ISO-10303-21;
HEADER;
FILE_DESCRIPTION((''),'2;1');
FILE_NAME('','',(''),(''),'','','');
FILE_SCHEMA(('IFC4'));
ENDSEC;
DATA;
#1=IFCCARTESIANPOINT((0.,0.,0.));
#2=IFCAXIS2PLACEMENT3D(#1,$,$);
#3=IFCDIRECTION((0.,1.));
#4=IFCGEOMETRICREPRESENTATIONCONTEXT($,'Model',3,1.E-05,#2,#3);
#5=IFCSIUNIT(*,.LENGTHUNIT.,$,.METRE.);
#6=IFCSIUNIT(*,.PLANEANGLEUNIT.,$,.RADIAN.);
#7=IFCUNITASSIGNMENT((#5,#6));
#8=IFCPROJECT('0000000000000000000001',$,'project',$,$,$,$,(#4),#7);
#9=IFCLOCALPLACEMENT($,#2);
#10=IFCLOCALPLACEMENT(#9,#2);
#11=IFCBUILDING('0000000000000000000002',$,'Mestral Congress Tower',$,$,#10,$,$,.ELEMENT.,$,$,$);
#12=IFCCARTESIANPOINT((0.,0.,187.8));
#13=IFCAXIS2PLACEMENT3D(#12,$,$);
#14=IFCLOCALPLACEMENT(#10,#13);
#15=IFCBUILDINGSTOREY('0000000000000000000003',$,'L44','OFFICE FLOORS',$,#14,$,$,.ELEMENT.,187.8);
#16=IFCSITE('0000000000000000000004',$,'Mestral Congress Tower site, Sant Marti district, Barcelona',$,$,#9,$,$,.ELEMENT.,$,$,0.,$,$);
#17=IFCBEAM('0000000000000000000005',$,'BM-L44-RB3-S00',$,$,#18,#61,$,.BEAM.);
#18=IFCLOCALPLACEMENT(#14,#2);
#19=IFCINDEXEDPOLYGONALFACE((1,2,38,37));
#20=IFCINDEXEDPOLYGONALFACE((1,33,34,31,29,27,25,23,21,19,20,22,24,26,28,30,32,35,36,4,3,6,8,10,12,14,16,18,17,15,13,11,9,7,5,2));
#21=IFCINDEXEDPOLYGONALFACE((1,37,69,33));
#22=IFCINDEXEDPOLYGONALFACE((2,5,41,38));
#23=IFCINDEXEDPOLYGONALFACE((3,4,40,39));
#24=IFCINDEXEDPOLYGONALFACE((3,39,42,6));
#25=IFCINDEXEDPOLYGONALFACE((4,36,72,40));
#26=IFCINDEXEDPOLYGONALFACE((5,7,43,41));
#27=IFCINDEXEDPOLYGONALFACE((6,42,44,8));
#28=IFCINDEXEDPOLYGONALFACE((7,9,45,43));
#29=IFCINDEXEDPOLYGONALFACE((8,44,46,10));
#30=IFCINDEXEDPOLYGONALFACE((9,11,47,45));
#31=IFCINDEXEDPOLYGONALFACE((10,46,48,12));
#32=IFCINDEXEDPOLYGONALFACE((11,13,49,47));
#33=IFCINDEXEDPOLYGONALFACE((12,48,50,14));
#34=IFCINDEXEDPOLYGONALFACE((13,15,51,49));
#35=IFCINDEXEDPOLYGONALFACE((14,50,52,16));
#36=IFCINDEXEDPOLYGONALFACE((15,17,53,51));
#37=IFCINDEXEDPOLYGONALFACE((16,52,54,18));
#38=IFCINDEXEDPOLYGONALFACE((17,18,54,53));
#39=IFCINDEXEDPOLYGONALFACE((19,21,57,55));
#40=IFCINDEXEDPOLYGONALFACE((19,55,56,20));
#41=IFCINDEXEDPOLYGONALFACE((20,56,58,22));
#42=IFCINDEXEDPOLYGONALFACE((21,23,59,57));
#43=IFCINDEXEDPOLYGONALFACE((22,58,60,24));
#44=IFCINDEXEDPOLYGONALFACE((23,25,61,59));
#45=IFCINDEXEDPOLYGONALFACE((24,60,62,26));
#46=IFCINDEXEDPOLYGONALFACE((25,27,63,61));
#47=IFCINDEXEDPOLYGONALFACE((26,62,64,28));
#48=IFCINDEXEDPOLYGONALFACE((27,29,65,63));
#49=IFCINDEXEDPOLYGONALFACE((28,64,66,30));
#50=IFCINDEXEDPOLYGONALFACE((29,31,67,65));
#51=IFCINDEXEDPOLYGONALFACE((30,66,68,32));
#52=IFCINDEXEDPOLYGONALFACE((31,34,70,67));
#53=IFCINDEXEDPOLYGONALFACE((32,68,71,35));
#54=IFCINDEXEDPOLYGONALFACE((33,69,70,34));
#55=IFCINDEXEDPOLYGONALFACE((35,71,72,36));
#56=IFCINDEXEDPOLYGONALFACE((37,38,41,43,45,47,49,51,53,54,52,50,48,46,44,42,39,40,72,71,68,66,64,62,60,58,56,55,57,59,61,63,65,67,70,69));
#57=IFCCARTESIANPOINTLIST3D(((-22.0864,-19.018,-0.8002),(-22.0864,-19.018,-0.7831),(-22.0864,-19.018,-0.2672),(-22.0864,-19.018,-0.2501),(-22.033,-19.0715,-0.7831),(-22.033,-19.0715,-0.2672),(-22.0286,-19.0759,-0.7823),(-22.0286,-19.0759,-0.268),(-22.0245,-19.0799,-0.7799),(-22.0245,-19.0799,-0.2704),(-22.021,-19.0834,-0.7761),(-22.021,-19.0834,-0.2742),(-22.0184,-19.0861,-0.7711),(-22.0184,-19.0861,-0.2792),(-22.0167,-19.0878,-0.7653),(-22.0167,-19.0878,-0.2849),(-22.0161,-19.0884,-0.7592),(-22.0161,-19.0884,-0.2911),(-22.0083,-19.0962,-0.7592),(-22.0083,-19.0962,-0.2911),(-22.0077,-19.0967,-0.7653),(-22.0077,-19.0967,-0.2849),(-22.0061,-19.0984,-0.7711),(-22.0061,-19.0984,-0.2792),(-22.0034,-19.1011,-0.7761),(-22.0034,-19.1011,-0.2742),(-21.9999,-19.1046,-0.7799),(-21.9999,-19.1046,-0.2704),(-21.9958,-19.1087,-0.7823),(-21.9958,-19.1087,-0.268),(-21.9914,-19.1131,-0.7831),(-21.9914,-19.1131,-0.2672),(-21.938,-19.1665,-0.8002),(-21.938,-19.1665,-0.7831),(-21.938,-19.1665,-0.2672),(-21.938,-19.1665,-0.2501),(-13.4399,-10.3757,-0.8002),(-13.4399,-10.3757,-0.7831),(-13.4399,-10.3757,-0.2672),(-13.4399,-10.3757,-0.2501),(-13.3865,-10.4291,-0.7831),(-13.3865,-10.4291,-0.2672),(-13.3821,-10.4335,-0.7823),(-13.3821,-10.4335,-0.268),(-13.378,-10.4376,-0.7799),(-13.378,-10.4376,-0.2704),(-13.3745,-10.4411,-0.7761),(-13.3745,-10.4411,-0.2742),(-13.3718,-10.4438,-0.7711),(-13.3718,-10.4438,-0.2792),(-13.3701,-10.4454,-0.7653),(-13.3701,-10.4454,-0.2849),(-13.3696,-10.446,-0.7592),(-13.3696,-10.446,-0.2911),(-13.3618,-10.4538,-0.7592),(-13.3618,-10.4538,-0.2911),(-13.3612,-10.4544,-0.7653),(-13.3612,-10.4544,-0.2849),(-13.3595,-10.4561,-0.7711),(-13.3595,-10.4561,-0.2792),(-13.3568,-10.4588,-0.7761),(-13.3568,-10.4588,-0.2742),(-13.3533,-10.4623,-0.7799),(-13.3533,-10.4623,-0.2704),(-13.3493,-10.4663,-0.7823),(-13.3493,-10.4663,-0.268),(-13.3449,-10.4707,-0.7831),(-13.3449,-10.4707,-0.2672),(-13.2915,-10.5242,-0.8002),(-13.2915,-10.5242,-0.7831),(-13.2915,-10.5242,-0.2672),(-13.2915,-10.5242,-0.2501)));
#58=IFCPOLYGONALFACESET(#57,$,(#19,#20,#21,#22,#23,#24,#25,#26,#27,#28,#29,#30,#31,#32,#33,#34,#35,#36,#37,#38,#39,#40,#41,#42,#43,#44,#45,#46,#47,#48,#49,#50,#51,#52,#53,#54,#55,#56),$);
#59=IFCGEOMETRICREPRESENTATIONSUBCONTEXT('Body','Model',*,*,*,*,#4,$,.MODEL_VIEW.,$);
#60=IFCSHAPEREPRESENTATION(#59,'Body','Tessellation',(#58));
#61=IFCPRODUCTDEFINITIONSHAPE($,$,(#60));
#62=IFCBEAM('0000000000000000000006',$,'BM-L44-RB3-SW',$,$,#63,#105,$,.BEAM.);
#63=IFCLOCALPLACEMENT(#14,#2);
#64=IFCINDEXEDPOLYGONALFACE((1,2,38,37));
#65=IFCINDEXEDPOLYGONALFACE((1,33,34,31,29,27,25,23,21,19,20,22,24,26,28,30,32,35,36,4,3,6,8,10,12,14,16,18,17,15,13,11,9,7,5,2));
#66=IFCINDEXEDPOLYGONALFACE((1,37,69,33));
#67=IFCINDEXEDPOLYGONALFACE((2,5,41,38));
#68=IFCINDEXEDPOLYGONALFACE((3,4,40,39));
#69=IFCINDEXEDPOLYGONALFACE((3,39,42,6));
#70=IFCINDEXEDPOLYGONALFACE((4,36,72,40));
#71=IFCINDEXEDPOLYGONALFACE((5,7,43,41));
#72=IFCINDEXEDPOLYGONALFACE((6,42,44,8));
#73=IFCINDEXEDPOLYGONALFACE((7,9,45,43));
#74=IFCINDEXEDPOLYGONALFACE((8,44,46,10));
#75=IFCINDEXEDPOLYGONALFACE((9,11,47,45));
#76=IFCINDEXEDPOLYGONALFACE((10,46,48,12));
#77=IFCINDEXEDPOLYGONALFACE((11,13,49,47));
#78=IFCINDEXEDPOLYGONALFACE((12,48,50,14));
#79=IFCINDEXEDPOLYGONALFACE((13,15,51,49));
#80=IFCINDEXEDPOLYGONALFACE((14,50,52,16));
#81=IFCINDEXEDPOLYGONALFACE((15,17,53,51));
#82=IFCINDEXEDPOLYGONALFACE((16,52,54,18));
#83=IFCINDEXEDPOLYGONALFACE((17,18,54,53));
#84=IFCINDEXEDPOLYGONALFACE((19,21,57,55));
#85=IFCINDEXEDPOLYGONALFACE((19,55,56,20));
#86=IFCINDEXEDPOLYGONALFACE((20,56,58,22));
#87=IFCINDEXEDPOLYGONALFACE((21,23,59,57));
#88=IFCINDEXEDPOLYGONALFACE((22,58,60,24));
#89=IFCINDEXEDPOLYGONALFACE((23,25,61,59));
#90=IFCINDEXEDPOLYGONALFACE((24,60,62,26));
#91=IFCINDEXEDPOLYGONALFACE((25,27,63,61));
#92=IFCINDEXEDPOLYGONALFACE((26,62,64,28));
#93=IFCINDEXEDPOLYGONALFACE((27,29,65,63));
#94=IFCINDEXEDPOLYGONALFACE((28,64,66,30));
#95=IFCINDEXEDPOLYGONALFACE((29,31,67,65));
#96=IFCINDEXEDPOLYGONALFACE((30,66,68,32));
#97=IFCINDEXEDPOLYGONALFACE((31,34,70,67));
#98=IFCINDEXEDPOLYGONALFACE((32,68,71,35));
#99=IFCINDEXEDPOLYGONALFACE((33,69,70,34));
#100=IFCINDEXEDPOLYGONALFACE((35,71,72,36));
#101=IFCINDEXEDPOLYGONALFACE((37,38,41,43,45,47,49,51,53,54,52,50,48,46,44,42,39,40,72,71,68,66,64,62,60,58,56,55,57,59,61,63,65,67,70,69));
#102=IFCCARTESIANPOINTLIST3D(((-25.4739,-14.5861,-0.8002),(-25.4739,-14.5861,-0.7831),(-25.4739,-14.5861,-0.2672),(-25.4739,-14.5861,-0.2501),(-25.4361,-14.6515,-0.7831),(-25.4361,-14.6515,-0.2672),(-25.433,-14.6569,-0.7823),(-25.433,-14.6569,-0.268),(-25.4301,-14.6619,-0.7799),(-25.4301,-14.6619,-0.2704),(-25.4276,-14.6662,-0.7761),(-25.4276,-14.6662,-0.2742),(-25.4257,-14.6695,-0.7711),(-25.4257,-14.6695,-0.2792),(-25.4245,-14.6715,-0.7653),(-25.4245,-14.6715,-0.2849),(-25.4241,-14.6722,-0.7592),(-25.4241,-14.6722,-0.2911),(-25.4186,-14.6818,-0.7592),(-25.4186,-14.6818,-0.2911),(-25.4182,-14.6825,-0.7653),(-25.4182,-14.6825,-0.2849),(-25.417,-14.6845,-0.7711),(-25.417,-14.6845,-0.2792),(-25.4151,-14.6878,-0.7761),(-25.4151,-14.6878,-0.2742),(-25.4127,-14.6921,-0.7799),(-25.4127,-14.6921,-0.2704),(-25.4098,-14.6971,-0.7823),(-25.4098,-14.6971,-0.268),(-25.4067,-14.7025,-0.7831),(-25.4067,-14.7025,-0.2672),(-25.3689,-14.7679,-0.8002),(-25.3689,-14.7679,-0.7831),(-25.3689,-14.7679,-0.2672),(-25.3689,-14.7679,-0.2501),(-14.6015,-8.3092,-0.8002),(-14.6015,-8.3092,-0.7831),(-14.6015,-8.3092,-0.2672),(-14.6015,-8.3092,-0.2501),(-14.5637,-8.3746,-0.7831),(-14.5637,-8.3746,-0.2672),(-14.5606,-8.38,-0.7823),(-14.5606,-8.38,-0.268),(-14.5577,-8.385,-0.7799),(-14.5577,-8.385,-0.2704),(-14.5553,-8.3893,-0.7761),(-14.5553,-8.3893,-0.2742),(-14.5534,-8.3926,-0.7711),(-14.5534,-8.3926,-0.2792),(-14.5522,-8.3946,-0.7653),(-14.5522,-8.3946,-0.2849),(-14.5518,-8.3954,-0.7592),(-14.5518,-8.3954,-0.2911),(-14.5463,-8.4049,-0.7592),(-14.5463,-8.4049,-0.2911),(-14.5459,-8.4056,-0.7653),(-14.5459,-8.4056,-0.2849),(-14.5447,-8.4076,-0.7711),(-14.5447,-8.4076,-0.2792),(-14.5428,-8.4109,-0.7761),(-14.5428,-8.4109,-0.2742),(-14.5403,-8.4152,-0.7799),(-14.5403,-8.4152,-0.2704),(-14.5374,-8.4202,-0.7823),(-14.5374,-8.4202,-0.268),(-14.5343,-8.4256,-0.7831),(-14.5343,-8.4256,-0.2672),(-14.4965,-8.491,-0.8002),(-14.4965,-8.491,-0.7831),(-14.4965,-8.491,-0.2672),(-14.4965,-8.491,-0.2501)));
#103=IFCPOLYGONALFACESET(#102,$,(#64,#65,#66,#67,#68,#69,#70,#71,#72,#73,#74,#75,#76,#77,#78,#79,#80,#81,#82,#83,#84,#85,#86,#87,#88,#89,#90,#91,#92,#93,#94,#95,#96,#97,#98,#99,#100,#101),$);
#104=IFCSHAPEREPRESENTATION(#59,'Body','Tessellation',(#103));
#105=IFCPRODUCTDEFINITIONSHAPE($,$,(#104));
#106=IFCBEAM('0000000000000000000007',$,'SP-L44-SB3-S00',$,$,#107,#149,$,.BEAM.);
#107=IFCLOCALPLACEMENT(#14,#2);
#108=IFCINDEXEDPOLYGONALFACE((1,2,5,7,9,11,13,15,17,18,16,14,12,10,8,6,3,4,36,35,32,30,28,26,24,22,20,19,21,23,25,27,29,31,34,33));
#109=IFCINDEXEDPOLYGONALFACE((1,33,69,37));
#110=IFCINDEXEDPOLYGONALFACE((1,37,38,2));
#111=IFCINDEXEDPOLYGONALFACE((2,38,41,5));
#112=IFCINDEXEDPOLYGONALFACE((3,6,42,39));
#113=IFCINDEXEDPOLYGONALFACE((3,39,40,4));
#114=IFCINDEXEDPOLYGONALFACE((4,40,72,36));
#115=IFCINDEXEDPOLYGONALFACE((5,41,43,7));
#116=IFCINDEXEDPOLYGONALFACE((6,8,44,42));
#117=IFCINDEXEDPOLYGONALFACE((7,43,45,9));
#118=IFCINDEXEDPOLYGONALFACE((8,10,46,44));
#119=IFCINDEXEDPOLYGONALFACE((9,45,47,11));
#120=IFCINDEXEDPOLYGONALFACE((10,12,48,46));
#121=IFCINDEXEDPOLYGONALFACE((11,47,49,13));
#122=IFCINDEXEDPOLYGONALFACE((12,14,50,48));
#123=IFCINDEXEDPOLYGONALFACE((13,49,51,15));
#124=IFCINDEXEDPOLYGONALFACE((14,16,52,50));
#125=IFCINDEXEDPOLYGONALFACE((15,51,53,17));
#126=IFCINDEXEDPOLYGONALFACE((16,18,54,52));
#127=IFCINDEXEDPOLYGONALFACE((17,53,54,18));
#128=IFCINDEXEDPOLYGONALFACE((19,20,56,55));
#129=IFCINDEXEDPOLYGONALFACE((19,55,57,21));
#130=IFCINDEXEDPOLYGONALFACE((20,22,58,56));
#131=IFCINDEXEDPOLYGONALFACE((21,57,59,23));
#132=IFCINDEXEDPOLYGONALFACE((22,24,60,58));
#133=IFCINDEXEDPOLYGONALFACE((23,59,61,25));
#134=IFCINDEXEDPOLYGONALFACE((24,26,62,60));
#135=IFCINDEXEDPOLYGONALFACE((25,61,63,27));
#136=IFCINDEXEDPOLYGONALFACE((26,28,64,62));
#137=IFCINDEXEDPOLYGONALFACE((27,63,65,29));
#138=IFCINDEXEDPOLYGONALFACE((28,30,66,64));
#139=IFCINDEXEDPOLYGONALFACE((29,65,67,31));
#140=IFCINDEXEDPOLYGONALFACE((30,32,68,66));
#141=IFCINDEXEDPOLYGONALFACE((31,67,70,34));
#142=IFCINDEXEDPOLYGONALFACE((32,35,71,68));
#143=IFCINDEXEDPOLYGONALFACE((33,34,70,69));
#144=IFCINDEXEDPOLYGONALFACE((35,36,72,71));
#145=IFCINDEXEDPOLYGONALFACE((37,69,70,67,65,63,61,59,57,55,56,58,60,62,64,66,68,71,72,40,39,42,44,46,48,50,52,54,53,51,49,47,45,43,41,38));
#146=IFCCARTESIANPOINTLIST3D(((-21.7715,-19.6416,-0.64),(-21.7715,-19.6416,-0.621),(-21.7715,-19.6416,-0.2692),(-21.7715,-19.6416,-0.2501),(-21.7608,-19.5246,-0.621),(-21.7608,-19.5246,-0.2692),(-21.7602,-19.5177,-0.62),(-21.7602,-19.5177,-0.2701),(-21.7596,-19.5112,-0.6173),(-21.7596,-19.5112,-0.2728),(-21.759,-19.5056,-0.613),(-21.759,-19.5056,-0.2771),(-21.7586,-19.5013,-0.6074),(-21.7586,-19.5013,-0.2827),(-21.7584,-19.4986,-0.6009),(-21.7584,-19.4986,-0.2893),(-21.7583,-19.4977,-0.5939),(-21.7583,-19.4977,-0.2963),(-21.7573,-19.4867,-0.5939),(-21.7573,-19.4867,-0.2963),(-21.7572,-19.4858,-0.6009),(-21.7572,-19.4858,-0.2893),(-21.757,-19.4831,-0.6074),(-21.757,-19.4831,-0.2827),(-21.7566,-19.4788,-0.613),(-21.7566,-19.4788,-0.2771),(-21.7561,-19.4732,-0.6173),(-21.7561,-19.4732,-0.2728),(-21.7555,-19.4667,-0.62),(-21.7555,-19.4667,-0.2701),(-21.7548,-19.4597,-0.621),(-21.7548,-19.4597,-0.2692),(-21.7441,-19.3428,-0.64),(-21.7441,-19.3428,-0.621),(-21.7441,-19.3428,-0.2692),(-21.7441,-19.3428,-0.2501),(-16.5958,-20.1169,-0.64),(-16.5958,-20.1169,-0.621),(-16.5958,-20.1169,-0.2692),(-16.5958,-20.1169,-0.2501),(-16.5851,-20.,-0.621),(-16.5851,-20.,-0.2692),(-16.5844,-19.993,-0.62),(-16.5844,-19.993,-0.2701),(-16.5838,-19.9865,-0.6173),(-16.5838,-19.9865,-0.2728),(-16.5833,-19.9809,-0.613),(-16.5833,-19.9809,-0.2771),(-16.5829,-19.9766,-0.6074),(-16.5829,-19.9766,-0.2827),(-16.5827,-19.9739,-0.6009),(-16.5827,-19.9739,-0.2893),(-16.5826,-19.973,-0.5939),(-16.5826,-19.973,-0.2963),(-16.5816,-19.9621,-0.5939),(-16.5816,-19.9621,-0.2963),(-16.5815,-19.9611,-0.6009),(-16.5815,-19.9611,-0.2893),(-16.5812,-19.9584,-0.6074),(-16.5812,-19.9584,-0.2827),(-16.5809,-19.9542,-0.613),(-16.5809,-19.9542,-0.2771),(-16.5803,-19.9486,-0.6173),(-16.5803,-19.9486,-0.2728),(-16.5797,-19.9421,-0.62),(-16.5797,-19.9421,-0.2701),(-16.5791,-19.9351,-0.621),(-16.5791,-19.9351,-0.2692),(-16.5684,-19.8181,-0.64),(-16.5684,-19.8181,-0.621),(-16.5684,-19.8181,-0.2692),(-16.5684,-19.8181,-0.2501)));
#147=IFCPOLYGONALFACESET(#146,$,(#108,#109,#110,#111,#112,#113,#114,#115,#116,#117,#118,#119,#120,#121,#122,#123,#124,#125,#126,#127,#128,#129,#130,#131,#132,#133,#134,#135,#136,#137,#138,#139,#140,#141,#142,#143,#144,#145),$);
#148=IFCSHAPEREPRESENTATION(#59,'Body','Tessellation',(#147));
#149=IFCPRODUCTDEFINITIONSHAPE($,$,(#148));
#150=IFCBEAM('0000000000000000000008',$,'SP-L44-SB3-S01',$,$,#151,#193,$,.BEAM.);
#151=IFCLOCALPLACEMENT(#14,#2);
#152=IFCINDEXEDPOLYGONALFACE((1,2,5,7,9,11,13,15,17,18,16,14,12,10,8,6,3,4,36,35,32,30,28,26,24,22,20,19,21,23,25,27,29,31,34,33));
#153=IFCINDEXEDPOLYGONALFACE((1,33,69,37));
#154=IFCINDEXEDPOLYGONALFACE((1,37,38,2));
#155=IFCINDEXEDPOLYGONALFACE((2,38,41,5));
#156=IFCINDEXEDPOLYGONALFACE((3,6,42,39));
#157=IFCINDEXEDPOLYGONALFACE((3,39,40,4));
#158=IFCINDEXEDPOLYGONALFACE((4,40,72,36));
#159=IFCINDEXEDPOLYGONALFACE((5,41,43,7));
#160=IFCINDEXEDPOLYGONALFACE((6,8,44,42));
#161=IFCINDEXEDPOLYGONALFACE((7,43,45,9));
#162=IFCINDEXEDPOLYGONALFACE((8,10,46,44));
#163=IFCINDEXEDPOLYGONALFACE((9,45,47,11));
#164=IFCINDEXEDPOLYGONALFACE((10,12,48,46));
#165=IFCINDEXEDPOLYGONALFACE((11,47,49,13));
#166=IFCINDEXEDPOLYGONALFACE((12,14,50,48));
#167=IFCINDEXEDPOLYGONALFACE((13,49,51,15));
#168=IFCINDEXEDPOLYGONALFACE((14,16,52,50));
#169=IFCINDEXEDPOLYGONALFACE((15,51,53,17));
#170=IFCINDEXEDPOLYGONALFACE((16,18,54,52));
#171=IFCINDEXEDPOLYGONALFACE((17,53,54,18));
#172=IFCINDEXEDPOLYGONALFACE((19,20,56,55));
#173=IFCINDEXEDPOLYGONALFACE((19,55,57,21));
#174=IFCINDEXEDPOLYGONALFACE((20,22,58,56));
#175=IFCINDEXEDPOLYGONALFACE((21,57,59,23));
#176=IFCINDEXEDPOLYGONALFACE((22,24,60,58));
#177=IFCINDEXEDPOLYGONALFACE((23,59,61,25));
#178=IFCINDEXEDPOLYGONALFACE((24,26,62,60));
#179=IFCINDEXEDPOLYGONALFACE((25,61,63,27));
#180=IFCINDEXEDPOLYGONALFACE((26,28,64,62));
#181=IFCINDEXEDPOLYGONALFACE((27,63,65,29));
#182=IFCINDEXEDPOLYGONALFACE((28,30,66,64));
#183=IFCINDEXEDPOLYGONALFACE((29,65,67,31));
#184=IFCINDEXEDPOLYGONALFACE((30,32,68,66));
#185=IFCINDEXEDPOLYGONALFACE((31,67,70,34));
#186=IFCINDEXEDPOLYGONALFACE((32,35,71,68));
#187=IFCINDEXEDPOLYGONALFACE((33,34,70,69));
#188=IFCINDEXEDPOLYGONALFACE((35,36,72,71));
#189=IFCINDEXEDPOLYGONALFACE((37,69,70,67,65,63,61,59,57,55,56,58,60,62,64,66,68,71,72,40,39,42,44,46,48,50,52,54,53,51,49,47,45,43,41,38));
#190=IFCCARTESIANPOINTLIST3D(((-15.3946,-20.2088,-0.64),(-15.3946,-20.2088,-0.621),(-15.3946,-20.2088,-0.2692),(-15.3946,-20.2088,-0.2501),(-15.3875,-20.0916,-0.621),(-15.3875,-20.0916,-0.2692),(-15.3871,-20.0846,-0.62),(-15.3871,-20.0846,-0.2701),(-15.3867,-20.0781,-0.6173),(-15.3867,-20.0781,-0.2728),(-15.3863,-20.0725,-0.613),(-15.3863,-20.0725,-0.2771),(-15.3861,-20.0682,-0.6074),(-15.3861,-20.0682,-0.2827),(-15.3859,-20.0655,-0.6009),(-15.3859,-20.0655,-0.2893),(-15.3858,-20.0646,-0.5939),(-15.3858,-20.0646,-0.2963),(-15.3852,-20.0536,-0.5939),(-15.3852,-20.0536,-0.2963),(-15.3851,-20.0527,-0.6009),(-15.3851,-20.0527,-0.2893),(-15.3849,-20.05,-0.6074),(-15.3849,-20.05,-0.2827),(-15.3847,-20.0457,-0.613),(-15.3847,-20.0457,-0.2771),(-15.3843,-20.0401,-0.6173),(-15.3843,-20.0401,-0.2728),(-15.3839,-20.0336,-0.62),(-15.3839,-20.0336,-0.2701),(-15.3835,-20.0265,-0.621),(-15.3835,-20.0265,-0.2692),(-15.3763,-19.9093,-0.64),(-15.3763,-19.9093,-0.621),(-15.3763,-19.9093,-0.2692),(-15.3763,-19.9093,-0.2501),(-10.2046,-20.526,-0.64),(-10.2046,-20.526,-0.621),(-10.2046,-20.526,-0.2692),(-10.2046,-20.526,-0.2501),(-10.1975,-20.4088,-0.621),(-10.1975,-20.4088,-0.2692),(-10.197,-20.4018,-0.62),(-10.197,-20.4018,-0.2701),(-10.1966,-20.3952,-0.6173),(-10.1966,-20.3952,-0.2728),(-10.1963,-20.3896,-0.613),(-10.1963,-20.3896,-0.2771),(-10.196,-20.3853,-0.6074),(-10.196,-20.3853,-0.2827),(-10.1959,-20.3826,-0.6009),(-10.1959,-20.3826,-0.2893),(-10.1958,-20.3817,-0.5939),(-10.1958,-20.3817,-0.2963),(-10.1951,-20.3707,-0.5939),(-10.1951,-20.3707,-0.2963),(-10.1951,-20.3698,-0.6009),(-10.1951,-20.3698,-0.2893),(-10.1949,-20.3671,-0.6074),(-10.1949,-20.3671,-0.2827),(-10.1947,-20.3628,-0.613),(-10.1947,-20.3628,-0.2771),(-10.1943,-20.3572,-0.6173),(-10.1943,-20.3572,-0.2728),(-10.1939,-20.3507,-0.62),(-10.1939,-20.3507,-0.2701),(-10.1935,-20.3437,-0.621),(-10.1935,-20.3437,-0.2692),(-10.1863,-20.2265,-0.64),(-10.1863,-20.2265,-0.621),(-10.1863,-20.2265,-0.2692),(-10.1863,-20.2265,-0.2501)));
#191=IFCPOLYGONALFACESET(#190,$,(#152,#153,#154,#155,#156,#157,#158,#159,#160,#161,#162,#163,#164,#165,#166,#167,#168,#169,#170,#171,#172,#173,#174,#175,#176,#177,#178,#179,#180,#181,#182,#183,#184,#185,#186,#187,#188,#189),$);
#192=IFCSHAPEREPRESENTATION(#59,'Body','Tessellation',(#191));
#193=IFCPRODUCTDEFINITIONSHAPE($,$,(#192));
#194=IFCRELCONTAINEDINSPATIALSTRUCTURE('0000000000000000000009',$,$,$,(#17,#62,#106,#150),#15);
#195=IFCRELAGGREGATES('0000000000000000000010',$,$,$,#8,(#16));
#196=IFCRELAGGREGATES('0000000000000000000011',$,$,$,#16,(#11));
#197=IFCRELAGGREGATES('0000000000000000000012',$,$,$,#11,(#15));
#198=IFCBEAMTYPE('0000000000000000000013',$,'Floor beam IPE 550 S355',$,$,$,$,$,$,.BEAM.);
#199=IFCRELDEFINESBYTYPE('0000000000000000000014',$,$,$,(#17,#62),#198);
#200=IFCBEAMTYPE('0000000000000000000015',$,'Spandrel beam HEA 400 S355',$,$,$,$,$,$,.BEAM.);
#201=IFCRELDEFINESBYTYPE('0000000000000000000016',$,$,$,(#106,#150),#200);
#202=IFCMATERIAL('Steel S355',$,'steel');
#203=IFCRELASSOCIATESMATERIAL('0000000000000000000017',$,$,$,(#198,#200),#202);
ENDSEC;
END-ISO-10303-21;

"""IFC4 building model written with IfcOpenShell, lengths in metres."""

from ifc_helpers import new_model, si_unit, direction, frame, origin, origin_2d, place, context, subcontext, project, spatial, i_section, extrude, material, material_profile, profile_set, type_object, element, save


model = new_model("IFC4")

# Units and contexts
model_context = context("Model", 3, precision=1e-05, world=origin(), true_north=direction((0.0, 1.0)))
body_context = subcontext(model_context, "Body", "Model", "MODEL_VIEW")
ifc_project = project(units=[si_unit("LENGTHUNIT", "METRE"), si_unit("PLANEANGLEUNIT", "RADIAN")], contexts=[model_context])

# Site, building, storey
site_placement = place(None, origin())
site = spatial("IfcSite", under=ifc_project, at=site_placement, Name="Mestral Congress Tower site, Sant Marti district, Barcelona", CompositionType="ELEMENT", RefElevation=0.0)
building_placement = place(site_placement, origin())
building = spatial("IfcBuilding", under=site, at=building_placement, Name="Mestral Congress Tower", CompositionType="ELEMENT")
storey_placement = place(building_placement, frame((0.0, 0.0, 187.8)))
storey = spatial("IfcBuildingStorey", under=building, at=storey_placement, Name="L44", Description="OFFICE FLOORS", CompositionType="ELEMENT", Elevation=187.8)

# Beams
ifc_material_1 = material(Name="Steel S355", Category="steel")
ifc_material_profile_1 = material_profile(ifc_material_1, i_section(OverallWidth=0.21, OverallDepth=0.55, WebThickness=0.011, FlangeThickness=0.0171, FilletRadius=0.0239, at=origin_2d()), Name="IPE 550")
ifc_profile_set_1 = profile_set([ifc_material_profile_1], Name="Steel S355")
beam_type_1 = type_object("IfcBeamType", Name="Floor beam IPE 550 S355", PredefinedType="BEAM", material=ifc_profile_set_1)
beam_1_placement = place(storey_placement, frame((-22.0122, -19.0923, -0.5251), z_axis=(0.707277, 0.706937, 0.0), x_axis=(-0.706937, 0.707277, 0.0)))
element("IfcBeam", 1, at=beam_1_placement, inside=storey, type_object=beam_type_1, Name="BM-L44-RB3-S00", PredefinedType="BEAM", context=body_context, shape_type="SweptSolid", body=[
    extrude(i_section(OverallWidth=0.21, OverallDepth=0.55, WebThickness=0.011, FlangeThickness=0.0171, FilletRadius=0.0239, at=origin_2d()), origin(), (0.0, 0.0, 1.0), 12.2251),
])
beam_2_placement = place(storey_placement, frame((-25.4214, -14.677, -0.5251), z_axis=(0.866035, 0.499983, 0.0), x_axis=(-0.499983, 0.866035, 0.0)))
element("IfcBeam", 2, at=beam_2_placement, inside=storey, type_object=beam_type_1, Name="BM-L44-RB3-SW", PredefinedType="BEAM", context=body_context, shape_type="SweptSolid", body=[
    extrude(i_section(OverallWidth=0.21, OverallDepth=0.55, WebThickness=0.011, FlangeThickness=0.0171, FilletRadius=0.0239, at=origin_2d()), origin(), (0.0, 0.0, 1.0), 12.5542),
])
ifc_material_profile_2 = material_profile(ifc_material_1, i_section(OverallWidth=0.3, OverallDepth=0.3899, WebThickness=0.011, FlangeThickness=0.019, FilletRadius=0.0271, at=origin_2d()), Name="HEA 400")
ifc_profile_set_2 = profile_set([ifc_material_profile_2], Name="Steel S355")
beam_type_2 = type_object("IfcBeamType", Name="Spandrel beam HEA 400 S355", PredefinedType="BEAM", material=ifc_profile_set_2)
beam_3_placement = place(storey_placement, frame((-21.7578, -19.4922, -0.4451), z_axis=(0.995809, -0.091455, 0.0), x_axis=(0.091455, 0.995809, 0.0)))
element("IfcBeam", 3, at=beam_3_placement, inside=storey, type_object=beam_type_2, Name="SP-L44-SB3-S00", PredefinedType="BEAM", context=body_context, shape_type="SweptSolid", body=[
    extrude(i_section(OverallWidth=0.3, OverallDepth=0.3899, WebThickness=0.011, FlangeThickness=0.019, FilletRadius=0.0271, at=origin_2d()), origin(), (0.0, 0.0, 1.0), 5.1975),
])
beam_4_placement = place(storey_placement, frame((-15.3855, -20.0591, -0.4451), z_axis=(0.998138, -0.060993, 0.0), x_axis=(0.060993, 0.998138, 0.0)))
element("IfcBeam", 4, at=beam_4_placement, inside=storey, type_object=beam_type_2, Name="SP-L44-SB3-S01", PredefinedType="BEAM", context=body_context, shape_type="SweptSolid", body=[
    extrude(i_section(OverallWidth=0.3, OverallDepth=0.3899, WebThickness=0.011, FlangeThickness=0.019, FilletRadius=0.0271, at=origin_2d()), origin(), (0.0, 0.0, 1.0), 5.1997),
])

save(model, "model.ifc")
